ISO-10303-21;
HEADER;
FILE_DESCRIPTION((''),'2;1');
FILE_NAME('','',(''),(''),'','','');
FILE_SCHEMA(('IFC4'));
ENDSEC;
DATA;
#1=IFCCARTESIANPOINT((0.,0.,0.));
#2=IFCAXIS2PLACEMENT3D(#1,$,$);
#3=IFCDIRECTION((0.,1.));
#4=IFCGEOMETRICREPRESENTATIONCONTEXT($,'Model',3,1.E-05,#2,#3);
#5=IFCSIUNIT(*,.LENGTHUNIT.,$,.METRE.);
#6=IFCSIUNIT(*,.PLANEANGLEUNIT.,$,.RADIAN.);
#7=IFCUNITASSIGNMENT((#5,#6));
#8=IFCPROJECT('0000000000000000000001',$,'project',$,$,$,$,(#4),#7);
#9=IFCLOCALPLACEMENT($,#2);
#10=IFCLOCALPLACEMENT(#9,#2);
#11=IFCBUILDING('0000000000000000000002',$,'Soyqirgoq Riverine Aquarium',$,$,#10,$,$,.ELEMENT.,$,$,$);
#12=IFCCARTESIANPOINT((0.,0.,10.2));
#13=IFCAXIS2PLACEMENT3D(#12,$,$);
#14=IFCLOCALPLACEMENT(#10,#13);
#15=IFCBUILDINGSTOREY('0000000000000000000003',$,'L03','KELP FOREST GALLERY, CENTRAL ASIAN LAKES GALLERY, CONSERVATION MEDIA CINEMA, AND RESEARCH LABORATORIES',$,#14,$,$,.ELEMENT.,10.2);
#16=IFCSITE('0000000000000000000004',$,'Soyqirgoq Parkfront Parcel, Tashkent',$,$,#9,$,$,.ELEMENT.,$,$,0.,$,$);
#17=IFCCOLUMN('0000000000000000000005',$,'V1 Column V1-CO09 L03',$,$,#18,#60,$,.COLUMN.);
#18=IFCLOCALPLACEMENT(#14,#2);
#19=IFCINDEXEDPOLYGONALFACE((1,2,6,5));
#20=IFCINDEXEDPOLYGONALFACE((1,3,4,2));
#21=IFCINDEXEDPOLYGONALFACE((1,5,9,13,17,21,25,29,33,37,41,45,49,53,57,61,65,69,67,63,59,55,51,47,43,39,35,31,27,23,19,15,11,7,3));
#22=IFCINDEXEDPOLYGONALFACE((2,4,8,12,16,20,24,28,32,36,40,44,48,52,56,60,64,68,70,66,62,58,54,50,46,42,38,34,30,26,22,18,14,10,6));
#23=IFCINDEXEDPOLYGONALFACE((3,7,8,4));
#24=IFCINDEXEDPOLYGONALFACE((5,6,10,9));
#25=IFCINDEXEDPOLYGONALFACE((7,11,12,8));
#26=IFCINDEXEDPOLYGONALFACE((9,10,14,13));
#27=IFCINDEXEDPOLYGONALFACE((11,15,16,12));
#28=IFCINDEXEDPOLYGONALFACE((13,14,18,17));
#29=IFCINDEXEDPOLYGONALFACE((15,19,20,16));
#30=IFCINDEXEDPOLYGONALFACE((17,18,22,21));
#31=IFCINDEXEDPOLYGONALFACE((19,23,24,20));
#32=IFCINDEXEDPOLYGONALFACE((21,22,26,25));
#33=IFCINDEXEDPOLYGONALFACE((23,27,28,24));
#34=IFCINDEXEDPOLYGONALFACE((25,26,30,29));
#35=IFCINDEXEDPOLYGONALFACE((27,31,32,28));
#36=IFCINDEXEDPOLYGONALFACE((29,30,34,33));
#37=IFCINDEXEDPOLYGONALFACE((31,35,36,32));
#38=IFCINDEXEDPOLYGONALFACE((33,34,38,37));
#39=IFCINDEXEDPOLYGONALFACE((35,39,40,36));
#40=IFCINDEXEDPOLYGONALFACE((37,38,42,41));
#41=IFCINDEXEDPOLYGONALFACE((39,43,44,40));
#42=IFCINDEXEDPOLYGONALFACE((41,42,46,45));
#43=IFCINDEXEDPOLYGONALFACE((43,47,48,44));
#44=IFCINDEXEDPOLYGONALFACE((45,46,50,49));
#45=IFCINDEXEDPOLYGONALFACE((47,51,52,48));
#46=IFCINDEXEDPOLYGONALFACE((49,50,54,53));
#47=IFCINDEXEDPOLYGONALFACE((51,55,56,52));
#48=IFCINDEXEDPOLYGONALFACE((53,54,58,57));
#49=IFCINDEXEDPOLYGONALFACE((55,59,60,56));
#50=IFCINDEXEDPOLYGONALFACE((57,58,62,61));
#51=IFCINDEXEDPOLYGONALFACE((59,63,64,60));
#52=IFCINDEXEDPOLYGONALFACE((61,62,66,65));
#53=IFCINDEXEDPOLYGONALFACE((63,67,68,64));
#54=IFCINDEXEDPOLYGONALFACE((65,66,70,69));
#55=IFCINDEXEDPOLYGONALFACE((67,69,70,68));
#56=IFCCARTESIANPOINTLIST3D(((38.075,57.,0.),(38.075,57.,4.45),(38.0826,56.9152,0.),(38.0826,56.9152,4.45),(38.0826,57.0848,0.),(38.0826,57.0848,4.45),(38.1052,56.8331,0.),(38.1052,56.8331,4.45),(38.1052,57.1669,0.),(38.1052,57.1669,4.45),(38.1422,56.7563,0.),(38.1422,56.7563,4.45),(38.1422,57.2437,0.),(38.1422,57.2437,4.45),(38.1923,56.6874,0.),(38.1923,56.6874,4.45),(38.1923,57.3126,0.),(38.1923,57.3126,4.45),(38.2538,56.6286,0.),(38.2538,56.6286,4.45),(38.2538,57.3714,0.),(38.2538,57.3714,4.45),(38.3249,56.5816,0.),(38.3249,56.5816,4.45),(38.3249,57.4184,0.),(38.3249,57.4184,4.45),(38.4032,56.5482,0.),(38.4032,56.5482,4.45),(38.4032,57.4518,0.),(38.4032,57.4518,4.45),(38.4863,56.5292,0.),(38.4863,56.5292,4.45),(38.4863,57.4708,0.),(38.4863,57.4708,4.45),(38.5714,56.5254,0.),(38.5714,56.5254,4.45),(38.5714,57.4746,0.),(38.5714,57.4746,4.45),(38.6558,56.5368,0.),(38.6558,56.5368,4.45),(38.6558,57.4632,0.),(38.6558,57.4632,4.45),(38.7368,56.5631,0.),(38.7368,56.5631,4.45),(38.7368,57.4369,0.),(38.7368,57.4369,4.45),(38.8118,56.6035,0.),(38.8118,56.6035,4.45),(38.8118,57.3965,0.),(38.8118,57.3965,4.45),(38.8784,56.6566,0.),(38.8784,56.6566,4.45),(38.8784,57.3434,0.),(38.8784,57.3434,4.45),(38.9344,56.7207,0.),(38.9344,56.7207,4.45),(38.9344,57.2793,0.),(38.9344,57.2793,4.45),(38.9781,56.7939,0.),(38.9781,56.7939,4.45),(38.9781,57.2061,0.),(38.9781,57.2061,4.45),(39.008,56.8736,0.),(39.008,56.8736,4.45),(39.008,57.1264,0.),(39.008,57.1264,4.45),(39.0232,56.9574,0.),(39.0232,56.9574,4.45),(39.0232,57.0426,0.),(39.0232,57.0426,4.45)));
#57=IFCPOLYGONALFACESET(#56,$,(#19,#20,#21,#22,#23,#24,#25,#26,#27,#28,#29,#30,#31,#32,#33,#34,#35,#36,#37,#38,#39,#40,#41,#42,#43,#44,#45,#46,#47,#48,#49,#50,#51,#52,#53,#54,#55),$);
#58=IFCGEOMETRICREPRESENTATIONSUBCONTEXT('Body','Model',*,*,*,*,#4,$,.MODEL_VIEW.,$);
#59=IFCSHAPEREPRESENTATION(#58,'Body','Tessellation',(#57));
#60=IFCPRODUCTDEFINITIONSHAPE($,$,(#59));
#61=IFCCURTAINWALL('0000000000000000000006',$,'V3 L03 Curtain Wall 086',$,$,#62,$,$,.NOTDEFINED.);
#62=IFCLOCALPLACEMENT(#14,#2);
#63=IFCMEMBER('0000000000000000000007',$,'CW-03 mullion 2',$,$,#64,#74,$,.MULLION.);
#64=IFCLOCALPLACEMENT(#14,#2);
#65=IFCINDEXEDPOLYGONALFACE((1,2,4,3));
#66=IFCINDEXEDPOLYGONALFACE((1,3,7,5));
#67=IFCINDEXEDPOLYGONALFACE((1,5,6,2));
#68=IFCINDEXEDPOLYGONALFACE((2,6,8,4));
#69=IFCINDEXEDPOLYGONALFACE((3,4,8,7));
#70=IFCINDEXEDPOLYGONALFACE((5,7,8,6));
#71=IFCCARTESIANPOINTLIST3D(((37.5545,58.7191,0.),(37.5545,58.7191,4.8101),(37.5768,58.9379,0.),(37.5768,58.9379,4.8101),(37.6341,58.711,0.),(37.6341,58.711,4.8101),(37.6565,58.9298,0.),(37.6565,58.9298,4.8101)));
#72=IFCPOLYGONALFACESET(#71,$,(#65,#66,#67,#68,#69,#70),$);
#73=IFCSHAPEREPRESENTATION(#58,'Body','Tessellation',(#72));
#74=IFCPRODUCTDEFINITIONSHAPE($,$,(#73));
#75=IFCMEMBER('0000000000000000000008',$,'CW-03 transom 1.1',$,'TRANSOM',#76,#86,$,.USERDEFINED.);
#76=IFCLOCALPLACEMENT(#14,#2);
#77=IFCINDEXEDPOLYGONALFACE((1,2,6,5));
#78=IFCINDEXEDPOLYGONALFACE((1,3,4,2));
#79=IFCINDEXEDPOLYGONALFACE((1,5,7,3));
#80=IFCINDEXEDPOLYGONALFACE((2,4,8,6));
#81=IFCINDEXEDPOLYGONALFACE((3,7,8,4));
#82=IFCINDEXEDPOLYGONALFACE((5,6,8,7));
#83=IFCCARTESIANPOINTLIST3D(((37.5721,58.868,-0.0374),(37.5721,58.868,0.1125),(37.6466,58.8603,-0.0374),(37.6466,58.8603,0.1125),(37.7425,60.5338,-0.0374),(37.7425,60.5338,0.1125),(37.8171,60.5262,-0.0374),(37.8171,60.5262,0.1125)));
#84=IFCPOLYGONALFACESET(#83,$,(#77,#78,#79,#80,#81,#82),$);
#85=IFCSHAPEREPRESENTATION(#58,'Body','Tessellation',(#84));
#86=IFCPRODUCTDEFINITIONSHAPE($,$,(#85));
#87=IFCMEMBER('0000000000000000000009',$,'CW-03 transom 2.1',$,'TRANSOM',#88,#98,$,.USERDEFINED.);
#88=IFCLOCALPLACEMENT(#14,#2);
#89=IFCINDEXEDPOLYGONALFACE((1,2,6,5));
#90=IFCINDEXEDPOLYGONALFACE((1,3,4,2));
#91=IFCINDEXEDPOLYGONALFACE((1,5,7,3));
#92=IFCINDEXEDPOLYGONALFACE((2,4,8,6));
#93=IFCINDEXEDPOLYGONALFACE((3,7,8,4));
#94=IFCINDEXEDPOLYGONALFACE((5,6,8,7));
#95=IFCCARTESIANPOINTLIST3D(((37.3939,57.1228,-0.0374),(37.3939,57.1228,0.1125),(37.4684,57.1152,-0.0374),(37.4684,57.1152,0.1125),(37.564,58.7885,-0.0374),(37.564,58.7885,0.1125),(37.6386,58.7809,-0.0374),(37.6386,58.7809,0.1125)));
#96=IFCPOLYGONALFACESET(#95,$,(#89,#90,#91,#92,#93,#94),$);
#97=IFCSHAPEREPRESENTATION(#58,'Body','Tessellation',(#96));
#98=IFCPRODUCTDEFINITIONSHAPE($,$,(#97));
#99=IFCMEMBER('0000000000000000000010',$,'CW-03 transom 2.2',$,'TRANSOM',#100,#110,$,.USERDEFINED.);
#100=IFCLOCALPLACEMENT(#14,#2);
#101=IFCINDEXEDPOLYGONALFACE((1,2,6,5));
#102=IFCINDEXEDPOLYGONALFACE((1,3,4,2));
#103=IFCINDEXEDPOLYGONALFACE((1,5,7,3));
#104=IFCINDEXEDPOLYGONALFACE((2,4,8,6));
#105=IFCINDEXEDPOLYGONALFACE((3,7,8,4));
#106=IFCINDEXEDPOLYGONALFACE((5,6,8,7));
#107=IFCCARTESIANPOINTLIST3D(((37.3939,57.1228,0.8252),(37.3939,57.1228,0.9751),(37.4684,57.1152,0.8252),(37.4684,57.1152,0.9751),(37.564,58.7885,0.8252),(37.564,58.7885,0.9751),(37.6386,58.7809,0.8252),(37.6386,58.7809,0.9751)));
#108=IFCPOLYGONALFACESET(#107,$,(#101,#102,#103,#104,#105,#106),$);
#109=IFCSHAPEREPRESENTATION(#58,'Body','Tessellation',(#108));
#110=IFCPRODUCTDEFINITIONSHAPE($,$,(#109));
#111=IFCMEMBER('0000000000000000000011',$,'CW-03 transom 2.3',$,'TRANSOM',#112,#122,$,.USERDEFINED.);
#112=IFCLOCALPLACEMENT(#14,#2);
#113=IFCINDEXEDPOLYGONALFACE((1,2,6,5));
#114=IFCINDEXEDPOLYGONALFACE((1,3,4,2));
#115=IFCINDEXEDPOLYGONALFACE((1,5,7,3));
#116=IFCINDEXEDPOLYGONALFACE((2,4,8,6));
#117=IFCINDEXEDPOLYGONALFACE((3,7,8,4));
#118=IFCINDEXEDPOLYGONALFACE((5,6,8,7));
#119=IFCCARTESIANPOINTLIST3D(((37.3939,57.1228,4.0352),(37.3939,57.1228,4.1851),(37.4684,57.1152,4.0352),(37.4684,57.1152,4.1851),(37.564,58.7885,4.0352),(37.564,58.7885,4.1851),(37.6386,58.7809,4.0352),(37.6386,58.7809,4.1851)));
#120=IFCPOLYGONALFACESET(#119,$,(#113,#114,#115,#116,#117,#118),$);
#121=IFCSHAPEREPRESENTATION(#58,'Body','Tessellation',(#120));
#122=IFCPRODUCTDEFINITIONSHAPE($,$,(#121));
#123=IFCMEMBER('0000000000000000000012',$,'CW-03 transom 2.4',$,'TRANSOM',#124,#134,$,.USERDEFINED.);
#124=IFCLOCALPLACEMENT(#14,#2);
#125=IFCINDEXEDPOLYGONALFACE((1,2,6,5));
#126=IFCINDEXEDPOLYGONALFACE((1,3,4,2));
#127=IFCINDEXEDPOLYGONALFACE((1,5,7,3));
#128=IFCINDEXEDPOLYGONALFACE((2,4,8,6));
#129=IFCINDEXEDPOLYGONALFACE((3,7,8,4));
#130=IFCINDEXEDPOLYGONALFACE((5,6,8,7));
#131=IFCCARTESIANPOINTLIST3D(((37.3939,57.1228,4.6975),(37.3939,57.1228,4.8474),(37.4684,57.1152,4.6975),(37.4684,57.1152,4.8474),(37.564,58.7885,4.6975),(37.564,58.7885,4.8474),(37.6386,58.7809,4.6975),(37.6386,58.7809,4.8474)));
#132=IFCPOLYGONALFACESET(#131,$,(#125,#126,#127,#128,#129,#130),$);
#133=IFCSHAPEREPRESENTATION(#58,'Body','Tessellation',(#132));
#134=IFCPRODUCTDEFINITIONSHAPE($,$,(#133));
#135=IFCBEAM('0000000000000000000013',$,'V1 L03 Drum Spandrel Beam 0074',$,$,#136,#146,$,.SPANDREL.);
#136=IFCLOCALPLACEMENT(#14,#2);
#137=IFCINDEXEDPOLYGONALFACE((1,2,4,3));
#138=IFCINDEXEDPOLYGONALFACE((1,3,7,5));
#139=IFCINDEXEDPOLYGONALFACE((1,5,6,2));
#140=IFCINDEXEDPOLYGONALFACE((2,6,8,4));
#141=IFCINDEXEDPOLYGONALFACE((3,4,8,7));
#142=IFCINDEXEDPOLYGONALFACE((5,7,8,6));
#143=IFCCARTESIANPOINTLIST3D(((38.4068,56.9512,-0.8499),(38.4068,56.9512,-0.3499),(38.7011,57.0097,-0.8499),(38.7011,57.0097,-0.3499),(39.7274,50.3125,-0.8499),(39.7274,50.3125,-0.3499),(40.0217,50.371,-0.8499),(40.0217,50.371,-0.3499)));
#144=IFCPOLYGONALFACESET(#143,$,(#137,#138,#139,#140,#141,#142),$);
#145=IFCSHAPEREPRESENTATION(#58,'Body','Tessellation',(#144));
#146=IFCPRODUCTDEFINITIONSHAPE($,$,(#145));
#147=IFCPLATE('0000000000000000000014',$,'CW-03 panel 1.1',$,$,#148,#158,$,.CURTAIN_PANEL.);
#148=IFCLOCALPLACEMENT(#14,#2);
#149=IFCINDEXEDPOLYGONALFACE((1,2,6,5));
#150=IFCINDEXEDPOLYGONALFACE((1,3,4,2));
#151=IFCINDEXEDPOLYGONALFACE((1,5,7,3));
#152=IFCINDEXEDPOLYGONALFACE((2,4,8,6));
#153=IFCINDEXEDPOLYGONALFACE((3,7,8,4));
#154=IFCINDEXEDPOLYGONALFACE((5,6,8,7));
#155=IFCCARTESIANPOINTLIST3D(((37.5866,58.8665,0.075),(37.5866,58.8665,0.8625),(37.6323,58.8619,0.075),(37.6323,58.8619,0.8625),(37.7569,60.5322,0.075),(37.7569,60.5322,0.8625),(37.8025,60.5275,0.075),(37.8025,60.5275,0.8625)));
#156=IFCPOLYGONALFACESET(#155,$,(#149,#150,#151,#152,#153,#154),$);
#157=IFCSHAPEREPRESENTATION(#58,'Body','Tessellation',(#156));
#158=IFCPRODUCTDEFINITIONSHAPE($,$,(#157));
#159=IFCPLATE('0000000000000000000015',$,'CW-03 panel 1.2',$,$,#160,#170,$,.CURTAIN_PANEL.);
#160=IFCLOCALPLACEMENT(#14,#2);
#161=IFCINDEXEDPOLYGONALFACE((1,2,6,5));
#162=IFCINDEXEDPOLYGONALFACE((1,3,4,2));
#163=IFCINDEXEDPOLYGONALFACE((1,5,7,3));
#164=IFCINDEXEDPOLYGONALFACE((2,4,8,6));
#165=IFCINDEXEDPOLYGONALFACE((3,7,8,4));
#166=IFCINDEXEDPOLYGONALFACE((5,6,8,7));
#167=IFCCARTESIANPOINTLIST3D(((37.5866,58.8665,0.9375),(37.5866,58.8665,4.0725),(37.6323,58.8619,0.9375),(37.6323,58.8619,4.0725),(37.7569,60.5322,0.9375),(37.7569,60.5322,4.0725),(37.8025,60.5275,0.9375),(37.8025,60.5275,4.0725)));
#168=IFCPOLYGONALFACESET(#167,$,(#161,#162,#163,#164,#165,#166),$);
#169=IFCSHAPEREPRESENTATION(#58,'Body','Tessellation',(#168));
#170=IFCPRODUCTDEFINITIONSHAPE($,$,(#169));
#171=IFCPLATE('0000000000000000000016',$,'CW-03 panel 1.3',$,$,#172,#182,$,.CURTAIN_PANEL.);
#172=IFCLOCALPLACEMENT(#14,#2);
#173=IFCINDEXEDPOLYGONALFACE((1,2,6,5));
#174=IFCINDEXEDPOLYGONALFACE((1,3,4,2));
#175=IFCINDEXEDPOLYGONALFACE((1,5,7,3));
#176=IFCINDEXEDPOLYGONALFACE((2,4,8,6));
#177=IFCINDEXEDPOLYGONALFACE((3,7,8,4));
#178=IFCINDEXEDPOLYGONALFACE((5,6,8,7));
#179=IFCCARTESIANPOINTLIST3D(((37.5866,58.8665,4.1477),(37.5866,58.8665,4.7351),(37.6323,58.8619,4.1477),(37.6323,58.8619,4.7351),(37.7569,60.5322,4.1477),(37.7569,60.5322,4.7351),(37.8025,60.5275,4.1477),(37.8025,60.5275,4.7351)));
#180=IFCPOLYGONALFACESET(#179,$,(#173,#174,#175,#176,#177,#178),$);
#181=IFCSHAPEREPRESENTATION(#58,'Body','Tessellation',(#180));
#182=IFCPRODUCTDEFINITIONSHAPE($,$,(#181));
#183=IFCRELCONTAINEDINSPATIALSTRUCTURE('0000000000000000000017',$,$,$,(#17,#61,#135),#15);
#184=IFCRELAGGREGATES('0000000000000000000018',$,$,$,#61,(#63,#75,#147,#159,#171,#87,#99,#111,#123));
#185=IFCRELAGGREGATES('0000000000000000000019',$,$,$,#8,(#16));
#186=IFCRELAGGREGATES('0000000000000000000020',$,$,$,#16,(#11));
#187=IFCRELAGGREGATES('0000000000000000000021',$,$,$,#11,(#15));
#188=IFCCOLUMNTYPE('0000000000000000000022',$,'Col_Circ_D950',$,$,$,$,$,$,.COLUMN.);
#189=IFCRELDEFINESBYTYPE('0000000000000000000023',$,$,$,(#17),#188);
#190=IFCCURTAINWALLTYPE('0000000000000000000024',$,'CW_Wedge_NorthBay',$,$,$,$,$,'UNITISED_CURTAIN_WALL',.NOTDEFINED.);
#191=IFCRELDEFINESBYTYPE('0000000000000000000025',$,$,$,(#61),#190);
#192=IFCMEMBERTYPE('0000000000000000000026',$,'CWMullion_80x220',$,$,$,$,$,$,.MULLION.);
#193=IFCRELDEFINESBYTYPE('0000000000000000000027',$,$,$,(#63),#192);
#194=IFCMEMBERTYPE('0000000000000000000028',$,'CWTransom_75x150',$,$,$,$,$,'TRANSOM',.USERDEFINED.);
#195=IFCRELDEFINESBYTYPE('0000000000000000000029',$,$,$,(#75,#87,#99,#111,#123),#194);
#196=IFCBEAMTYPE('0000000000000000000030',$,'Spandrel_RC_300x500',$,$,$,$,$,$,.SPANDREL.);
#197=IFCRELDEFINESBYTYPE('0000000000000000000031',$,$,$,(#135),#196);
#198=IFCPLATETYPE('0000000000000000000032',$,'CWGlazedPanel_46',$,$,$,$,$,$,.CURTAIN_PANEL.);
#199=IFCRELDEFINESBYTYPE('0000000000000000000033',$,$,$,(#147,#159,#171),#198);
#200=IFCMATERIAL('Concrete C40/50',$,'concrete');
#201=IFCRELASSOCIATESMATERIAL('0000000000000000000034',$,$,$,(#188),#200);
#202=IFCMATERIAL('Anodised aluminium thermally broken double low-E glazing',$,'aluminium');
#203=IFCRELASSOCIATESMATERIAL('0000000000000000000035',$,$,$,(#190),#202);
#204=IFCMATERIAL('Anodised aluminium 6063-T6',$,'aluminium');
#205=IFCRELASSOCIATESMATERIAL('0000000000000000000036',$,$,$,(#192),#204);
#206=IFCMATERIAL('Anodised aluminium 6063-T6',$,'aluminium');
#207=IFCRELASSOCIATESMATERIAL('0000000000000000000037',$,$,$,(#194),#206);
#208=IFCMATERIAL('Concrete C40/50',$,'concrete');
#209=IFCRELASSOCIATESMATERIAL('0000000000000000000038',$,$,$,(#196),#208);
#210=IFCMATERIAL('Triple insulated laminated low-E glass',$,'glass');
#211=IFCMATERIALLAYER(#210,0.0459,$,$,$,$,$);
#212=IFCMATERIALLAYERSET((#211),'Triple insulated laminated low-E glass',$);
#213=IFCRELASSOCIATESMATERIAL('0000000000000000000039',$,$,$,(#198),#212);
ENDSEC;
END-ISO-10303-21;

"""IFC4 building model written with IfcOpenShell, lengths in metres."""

from ifc_helpers import new_model, si_unit, direction, frame, origin, origin_2d, place, context, subcontext, project, spatial, rectangle, circle, extrude, material, layer, layer_set, material_profile, profile_set, type_object, element, aggregate, save


model = new_model("IFC4")

# Units and contexts
model_context = context("Model", 3, precision=1e-05, world=origin(), true_north=direction((0.0, 1.0)))
body_context = subcontext(model_context, "Body", "Model", "MODEL_VIEW")
ifc_project = project(units=[si_unit("LENGTHUNIT", "METRE"), si_unit("PLANEANGLEUNIT", "RADIAN")], contexts=[model_context])

# Site, building, storey
site_placement = place(None, origin())
site = spatial("IfcSite", under=ifc_project, at=site_placement, Name="Soyqirgoq Parkfront Parcel, Tashkent", CompositionType="ELEMENT", RefElevation=0.0)
building_placement = place(site_placement, origin())
building = spatial("IfcBuilding", under=site, at=building_placement, Name="Soyqirgoq Riverine Aquarium", CompositionType="ELEMENT")
storey_placement = place(building_placement, frame((0.0, 0.0, 10.2)))
storey = spatial("IfcBuildingStorey", under=building, at=storey_placement, Name="L03", Description="KELP FOREST GALLERY, CENTRAL ASIAN LAKES GALLERY, CONSERVATION MEDIA CINEMA, AND RESEARCH LABORATORIES", CompositionType="ELEMENT", Elevation=10.2)

# Column
ifc_material_1 = material(Name="Concrete C40/50", Category="concrete")
ifc_material_profile_1 = material_profile(ifc_material_1, circle(Radius=0.4751, at=origin_2d()), Name="RC-COL D950")
ifc_profile_set_1 = profile_set([ifc_material_profile_1], Name="Concrete C40/50")
column_type = type_object("IfcColumnType", Name="Col_Circ_D950", PredefinedType="COLUMN", material=ifc_profile_set_1)
column_placement = place(storey_placement, frame((38.55, 57.0, 0.0), z_axis=(0.0, 0.0, 1.0), x_axis=(-1.0, 0.0, 0.0)))
element("IfcColumn", 1, at=column_placement, inside=storey, type_object=column_type, Name="V1 Column V1-CO09 L03", PredefinedType="COLUMN", context=body_context, shape_type="SweptSolid", body=[
    extrude(circle(Radius=0.4751, at=origin_2d()), origin(), (0.0, 0.0, 1.0), 4.45),
])

# Curtain wall, members
ifc_material_2 = material(Name="Anodised aluminium thermally broken double low-E glazing", Category="aluminium")
curtain_wall_type = type_object("IfcCurtainWallType", Name="CW_Wedge_NorthBay", ElementType="UNITISED_CURTAIN_WALL", PredefinedType="NOTDEFINED", material=ifc_material_2)
curtain_wall_placement = place(storey_placement, origin())
curtain_wall = element("IfcCurtainWall", 2, at=curtain_wall_placement, inside=storey, type_object=curtain_wall_type, Name="V3 L03 Curtain Wall 086", PredefinedType="NOTDEFINED")
ifc_material_3 = material(Name="Anodised aluminium 6063-T6", Category="aluminium")
ifc_material_profile_2 = material_profile(ifc_material_3, rectangle(XDim=0.0801, YDim=0.22, at=origin_2d()), Name="ALU-M 80x220")
ifc_profile_set_2 = profile_set([ifc_material_profile_2], Name="Anodised aluminium 6063-T6")
member_type_1 = type_object("IfcMemberType", Name="CWMullion_80x220", PredefinedType="MULLION", material=ifc_profile_set_2)
member_1_placement = place(storey_placement, frame((37.6055, 58.8245, 0.0), z_axis=(0.0, 0.0, 1.0), x_axis=(0.994817, -0.101686, 0.0)))
member_1 = element("IfcMember", 3, at=member_1_placement, type_object=member_type_1, Name="CW-03 mullion 2", PredefinedType="MULLION", context=body_context, shape_type="SweptSolid", body=[
    extrude(rectangle(XDim=0.0801, YDim=0.22, at=origin_2d()), origin(), (0.0, 0.0, 1.0), 4.8101),
])
ifc_material_4 = material(Name="Anodised aluminium 6063-T6", Category="aluminium")
ifc_material_profile_3 = material_profile(ifc_material_4, rectangle(XDim=0.075, YDim=0.1499, at=origin_2d()), Name="ALU-T 75x150")
ifc_profile_set_3 = profile_set([ifc_material_profile_3], Name="Anodised aluminium 6063-T6")
member_type_2 = type_object("IfcMemberType", Name="CWTransom_75x150", ElementType="TRANSOM", PredefinedType="USERDEFINED", material=ifc_profile_set_3)
member_2_placement = place(storey_placement, frame((37.7798, 60.53, 0.0376), z_axis=(-0.10177, -0.994808, 0.0), x_axis=(0.994808, -0.10177, 0.0)))
member_2 = element("IfcMember", 4, at=member_2_placement, type_object=member_type_2, Name="CW-03 transom 1.1", ObjectType="TRANSOM", PredefinedType="USERDEFINED", context=body_context, shape_type="SweptSolid", body=[
    extrude(rectangle(XDim=0.075, YDim=0.1499, at=origin_2d()), origin(), (0.0, 0.0, 1.0), 1.6746),
])
member_3_placement = place(storey_placement, frame((37.6013, 58.7847, 0.0376), z_axis=(-0.10164, -0.994821, 0.0), x_axis=(0.994821, -0.10164, 0.0)))
member_3 = element("IfcMember", 5, at=member_3_placement, type_object=member_type_2, Name="CW-03 transom 2.1", ObjectType="TRANSOM", PredefinedType="USERDEFINED", context=body_context, shape_type="SweptSolid", body=[
    extrude(rectangle(XDim=0.075, YDim=0.1499, at=origin_2d()), origin(), (0.0, 0.0, 1.0), 1.6743),
])
member_4_placement = place(storey_placement, frame((37.6013, 58.7847, 0.9001), z_axis=(-0.10164, -0.994821, 0.0), x_axis=(0.994821, -0.10164, 0.0)))
member_4 = element("IfcMember", 6, at=member_4_placement, type_object=member_type_2, Name="CW-03 transom 2.2", ObjectType="TRANSOM", PredefinedType="USERDEFINED", context=body_context, shape_type="SweptSolid", body=[
    extrude(rectangle(XDim=0.075, YDim=0.1499, at=origin_2d()), origin(), (0.0, 0.0, 1.0), 1.6743),
])
member_5_placement = place(storey_placement, frame((37.6013, 58.7847, 4.1101), z_axis=(-0.10164, -0.994821, 0.0), x_axis=(0.994821, -0.10164, 0.0)))
member_5 = element("IfcMember", 7, at=member_5_placement, type_object=member_type_2, Name="CW-03 transom 2.3", ObjectType="TRANSOM", PredefinedType="USERDEFINED", context=body_context, shape_type="SweptSolid", body=[
    extrude(rectangle(XDim=0.075, YDim=0.1499, at=origin_2d()), origin(), (0.0, 0.0, 1.0), 1.6743),
])
member_6_placement = place(storey_placement, frame((37.6013, 58.7847, 4.7725), z_axis=(-0.10164, -0.994821, 0.0), x_axis=(0.994821, -0.10164, 0.0)))
member_6 = element("IfcMember", 8, at=member_6_placement, type_object=member_type_2, Name="CW-03 transom 2.4", ObjectType="TRANSOM", PredefinedType="USERDEFINED", context=body_context, shape_type="SweptSolid", body=[
    extrude(rectangle(XDim=0.075, YDim=0.1499, at=origin_2d()), origin(), (0.0, 0.0, 1.0), 1.6743),
])

# Beam
ifc_material_5 = material(Name="Concrete C40/50", Category="concrete")
ifc_material_profile_4 = material_profile(ifc_material_5, rectangle(XDim=0.3, YDim=0.5, at=origin_2d()), Name="RC 300x500")
ifc_profile_set_4 = profile_set([ifc_material_profile_4], Name="Concrete C40/50")
beam_type = type_object("IfcBeamType", Name="Spandrel_RC_300x500", PredefinedType="SPANDREL", material=ifc_profile_set_4)
beam_placement = place(storey_placement, frame((38.554, 56.9805, -0.5999), z_axis=(0.195096, -0.980784, 0.0), x_axis=(0.980784, 0.195096, 0.0)))
element("IfcBeam", 9, at=beam_placement, inside=storey, type_object=beam_type, Name="V1 L03 Drum Spandrel Beam 0074", PredefinedType="SPANDREL", context=body_context, shape_type="SweptSolid", body=[
    extrude(rectangle(XDim=0.3, YDim=0.5, at=origin_2d()), origin(), (0.0, 0.0, 1.0), 6.7688),
])

# Plates
ifc_material_6 = material(Name="Triple insulated laminated low-E glass", Category="glass")
ifc_layer_1 = layer(ifc_material_6, 0.0459)
ifc_layer_set_1 = layer_set([ifc_layer_1], Name="Triple insulated laminated low-E glass")
plate_type = type_object("IfcPlateType", Name="CWGlazedPanel_46", PredefinedType="CURTAIN_PANEL", material=ifc_layer_set_1)
plate_1_placement = place(storey_placement, frame((37.6946, 59.697, 0.075), z_axis=(0.0, 0.0, 1.0), x_axis=(-0.101686, -0.994817, 0.0)))
plate_1 = element("IfcPlate", 10, at=plate_1_placement, type_object=plate_type, Name="CW-03 panel 1.1", PredefinedType="CURTAIN_PANEL", context=body_context, shape_type="SweptSolid", body=[
    extrude(rectangle(XDim=1.6743, YDim=0.0459, at=origin_2d()), origin(), (0.0, 0.0, 1.0), 0.7876),
])
plate_2_placement = place(storey_placement, frame((37.6946, 59.697, 0.9375), z_axis=(0.0, 0.0, 1.0), x_axis=(-0.101686, -0.994817, 0.0)))
plate_2 = element("IfcPlate", 11, at=plate_2_placement, type_object=plate_type, Name="CW-03 panel 1.2", PredefinedType="CURTAIN_PANEL", context=body_context, shape_type="SweptSolid", body=[
    extrude(rectangle(XDim=1.6743, YDim=0.0459, at=origin_2d()), origin(), (0.0, 0.0, 1.0), 3.135),
])
plate_3_placement = place(storey_placement, frame((37.6946, 59.697, 4.1477), z_axis=(0.0, 0.0, 1.0), x_axis=(-0.101686, -0.994817, 0.0)))
plate_3 = element("IfcPlate", 12, at=plate_3_placement, type_object=plate_type, Name="CW-03 panel 1.3", PredefinedType="CURTAIN_PANEL", context=body_context, shape_type="SweptSolid", body=[
    extrude(rectangle(XDim=1.6743, YDim=0.0459, at=origin_2d()), origin(), (0.0, 0.0, 1.0), 0.5874),
])
aggregate(curtain_wall, [member_1, member_2, plate_1, plate_2, plate_3, member_3, member_4, member_5, member_6])

save(model, "model.ifc")
